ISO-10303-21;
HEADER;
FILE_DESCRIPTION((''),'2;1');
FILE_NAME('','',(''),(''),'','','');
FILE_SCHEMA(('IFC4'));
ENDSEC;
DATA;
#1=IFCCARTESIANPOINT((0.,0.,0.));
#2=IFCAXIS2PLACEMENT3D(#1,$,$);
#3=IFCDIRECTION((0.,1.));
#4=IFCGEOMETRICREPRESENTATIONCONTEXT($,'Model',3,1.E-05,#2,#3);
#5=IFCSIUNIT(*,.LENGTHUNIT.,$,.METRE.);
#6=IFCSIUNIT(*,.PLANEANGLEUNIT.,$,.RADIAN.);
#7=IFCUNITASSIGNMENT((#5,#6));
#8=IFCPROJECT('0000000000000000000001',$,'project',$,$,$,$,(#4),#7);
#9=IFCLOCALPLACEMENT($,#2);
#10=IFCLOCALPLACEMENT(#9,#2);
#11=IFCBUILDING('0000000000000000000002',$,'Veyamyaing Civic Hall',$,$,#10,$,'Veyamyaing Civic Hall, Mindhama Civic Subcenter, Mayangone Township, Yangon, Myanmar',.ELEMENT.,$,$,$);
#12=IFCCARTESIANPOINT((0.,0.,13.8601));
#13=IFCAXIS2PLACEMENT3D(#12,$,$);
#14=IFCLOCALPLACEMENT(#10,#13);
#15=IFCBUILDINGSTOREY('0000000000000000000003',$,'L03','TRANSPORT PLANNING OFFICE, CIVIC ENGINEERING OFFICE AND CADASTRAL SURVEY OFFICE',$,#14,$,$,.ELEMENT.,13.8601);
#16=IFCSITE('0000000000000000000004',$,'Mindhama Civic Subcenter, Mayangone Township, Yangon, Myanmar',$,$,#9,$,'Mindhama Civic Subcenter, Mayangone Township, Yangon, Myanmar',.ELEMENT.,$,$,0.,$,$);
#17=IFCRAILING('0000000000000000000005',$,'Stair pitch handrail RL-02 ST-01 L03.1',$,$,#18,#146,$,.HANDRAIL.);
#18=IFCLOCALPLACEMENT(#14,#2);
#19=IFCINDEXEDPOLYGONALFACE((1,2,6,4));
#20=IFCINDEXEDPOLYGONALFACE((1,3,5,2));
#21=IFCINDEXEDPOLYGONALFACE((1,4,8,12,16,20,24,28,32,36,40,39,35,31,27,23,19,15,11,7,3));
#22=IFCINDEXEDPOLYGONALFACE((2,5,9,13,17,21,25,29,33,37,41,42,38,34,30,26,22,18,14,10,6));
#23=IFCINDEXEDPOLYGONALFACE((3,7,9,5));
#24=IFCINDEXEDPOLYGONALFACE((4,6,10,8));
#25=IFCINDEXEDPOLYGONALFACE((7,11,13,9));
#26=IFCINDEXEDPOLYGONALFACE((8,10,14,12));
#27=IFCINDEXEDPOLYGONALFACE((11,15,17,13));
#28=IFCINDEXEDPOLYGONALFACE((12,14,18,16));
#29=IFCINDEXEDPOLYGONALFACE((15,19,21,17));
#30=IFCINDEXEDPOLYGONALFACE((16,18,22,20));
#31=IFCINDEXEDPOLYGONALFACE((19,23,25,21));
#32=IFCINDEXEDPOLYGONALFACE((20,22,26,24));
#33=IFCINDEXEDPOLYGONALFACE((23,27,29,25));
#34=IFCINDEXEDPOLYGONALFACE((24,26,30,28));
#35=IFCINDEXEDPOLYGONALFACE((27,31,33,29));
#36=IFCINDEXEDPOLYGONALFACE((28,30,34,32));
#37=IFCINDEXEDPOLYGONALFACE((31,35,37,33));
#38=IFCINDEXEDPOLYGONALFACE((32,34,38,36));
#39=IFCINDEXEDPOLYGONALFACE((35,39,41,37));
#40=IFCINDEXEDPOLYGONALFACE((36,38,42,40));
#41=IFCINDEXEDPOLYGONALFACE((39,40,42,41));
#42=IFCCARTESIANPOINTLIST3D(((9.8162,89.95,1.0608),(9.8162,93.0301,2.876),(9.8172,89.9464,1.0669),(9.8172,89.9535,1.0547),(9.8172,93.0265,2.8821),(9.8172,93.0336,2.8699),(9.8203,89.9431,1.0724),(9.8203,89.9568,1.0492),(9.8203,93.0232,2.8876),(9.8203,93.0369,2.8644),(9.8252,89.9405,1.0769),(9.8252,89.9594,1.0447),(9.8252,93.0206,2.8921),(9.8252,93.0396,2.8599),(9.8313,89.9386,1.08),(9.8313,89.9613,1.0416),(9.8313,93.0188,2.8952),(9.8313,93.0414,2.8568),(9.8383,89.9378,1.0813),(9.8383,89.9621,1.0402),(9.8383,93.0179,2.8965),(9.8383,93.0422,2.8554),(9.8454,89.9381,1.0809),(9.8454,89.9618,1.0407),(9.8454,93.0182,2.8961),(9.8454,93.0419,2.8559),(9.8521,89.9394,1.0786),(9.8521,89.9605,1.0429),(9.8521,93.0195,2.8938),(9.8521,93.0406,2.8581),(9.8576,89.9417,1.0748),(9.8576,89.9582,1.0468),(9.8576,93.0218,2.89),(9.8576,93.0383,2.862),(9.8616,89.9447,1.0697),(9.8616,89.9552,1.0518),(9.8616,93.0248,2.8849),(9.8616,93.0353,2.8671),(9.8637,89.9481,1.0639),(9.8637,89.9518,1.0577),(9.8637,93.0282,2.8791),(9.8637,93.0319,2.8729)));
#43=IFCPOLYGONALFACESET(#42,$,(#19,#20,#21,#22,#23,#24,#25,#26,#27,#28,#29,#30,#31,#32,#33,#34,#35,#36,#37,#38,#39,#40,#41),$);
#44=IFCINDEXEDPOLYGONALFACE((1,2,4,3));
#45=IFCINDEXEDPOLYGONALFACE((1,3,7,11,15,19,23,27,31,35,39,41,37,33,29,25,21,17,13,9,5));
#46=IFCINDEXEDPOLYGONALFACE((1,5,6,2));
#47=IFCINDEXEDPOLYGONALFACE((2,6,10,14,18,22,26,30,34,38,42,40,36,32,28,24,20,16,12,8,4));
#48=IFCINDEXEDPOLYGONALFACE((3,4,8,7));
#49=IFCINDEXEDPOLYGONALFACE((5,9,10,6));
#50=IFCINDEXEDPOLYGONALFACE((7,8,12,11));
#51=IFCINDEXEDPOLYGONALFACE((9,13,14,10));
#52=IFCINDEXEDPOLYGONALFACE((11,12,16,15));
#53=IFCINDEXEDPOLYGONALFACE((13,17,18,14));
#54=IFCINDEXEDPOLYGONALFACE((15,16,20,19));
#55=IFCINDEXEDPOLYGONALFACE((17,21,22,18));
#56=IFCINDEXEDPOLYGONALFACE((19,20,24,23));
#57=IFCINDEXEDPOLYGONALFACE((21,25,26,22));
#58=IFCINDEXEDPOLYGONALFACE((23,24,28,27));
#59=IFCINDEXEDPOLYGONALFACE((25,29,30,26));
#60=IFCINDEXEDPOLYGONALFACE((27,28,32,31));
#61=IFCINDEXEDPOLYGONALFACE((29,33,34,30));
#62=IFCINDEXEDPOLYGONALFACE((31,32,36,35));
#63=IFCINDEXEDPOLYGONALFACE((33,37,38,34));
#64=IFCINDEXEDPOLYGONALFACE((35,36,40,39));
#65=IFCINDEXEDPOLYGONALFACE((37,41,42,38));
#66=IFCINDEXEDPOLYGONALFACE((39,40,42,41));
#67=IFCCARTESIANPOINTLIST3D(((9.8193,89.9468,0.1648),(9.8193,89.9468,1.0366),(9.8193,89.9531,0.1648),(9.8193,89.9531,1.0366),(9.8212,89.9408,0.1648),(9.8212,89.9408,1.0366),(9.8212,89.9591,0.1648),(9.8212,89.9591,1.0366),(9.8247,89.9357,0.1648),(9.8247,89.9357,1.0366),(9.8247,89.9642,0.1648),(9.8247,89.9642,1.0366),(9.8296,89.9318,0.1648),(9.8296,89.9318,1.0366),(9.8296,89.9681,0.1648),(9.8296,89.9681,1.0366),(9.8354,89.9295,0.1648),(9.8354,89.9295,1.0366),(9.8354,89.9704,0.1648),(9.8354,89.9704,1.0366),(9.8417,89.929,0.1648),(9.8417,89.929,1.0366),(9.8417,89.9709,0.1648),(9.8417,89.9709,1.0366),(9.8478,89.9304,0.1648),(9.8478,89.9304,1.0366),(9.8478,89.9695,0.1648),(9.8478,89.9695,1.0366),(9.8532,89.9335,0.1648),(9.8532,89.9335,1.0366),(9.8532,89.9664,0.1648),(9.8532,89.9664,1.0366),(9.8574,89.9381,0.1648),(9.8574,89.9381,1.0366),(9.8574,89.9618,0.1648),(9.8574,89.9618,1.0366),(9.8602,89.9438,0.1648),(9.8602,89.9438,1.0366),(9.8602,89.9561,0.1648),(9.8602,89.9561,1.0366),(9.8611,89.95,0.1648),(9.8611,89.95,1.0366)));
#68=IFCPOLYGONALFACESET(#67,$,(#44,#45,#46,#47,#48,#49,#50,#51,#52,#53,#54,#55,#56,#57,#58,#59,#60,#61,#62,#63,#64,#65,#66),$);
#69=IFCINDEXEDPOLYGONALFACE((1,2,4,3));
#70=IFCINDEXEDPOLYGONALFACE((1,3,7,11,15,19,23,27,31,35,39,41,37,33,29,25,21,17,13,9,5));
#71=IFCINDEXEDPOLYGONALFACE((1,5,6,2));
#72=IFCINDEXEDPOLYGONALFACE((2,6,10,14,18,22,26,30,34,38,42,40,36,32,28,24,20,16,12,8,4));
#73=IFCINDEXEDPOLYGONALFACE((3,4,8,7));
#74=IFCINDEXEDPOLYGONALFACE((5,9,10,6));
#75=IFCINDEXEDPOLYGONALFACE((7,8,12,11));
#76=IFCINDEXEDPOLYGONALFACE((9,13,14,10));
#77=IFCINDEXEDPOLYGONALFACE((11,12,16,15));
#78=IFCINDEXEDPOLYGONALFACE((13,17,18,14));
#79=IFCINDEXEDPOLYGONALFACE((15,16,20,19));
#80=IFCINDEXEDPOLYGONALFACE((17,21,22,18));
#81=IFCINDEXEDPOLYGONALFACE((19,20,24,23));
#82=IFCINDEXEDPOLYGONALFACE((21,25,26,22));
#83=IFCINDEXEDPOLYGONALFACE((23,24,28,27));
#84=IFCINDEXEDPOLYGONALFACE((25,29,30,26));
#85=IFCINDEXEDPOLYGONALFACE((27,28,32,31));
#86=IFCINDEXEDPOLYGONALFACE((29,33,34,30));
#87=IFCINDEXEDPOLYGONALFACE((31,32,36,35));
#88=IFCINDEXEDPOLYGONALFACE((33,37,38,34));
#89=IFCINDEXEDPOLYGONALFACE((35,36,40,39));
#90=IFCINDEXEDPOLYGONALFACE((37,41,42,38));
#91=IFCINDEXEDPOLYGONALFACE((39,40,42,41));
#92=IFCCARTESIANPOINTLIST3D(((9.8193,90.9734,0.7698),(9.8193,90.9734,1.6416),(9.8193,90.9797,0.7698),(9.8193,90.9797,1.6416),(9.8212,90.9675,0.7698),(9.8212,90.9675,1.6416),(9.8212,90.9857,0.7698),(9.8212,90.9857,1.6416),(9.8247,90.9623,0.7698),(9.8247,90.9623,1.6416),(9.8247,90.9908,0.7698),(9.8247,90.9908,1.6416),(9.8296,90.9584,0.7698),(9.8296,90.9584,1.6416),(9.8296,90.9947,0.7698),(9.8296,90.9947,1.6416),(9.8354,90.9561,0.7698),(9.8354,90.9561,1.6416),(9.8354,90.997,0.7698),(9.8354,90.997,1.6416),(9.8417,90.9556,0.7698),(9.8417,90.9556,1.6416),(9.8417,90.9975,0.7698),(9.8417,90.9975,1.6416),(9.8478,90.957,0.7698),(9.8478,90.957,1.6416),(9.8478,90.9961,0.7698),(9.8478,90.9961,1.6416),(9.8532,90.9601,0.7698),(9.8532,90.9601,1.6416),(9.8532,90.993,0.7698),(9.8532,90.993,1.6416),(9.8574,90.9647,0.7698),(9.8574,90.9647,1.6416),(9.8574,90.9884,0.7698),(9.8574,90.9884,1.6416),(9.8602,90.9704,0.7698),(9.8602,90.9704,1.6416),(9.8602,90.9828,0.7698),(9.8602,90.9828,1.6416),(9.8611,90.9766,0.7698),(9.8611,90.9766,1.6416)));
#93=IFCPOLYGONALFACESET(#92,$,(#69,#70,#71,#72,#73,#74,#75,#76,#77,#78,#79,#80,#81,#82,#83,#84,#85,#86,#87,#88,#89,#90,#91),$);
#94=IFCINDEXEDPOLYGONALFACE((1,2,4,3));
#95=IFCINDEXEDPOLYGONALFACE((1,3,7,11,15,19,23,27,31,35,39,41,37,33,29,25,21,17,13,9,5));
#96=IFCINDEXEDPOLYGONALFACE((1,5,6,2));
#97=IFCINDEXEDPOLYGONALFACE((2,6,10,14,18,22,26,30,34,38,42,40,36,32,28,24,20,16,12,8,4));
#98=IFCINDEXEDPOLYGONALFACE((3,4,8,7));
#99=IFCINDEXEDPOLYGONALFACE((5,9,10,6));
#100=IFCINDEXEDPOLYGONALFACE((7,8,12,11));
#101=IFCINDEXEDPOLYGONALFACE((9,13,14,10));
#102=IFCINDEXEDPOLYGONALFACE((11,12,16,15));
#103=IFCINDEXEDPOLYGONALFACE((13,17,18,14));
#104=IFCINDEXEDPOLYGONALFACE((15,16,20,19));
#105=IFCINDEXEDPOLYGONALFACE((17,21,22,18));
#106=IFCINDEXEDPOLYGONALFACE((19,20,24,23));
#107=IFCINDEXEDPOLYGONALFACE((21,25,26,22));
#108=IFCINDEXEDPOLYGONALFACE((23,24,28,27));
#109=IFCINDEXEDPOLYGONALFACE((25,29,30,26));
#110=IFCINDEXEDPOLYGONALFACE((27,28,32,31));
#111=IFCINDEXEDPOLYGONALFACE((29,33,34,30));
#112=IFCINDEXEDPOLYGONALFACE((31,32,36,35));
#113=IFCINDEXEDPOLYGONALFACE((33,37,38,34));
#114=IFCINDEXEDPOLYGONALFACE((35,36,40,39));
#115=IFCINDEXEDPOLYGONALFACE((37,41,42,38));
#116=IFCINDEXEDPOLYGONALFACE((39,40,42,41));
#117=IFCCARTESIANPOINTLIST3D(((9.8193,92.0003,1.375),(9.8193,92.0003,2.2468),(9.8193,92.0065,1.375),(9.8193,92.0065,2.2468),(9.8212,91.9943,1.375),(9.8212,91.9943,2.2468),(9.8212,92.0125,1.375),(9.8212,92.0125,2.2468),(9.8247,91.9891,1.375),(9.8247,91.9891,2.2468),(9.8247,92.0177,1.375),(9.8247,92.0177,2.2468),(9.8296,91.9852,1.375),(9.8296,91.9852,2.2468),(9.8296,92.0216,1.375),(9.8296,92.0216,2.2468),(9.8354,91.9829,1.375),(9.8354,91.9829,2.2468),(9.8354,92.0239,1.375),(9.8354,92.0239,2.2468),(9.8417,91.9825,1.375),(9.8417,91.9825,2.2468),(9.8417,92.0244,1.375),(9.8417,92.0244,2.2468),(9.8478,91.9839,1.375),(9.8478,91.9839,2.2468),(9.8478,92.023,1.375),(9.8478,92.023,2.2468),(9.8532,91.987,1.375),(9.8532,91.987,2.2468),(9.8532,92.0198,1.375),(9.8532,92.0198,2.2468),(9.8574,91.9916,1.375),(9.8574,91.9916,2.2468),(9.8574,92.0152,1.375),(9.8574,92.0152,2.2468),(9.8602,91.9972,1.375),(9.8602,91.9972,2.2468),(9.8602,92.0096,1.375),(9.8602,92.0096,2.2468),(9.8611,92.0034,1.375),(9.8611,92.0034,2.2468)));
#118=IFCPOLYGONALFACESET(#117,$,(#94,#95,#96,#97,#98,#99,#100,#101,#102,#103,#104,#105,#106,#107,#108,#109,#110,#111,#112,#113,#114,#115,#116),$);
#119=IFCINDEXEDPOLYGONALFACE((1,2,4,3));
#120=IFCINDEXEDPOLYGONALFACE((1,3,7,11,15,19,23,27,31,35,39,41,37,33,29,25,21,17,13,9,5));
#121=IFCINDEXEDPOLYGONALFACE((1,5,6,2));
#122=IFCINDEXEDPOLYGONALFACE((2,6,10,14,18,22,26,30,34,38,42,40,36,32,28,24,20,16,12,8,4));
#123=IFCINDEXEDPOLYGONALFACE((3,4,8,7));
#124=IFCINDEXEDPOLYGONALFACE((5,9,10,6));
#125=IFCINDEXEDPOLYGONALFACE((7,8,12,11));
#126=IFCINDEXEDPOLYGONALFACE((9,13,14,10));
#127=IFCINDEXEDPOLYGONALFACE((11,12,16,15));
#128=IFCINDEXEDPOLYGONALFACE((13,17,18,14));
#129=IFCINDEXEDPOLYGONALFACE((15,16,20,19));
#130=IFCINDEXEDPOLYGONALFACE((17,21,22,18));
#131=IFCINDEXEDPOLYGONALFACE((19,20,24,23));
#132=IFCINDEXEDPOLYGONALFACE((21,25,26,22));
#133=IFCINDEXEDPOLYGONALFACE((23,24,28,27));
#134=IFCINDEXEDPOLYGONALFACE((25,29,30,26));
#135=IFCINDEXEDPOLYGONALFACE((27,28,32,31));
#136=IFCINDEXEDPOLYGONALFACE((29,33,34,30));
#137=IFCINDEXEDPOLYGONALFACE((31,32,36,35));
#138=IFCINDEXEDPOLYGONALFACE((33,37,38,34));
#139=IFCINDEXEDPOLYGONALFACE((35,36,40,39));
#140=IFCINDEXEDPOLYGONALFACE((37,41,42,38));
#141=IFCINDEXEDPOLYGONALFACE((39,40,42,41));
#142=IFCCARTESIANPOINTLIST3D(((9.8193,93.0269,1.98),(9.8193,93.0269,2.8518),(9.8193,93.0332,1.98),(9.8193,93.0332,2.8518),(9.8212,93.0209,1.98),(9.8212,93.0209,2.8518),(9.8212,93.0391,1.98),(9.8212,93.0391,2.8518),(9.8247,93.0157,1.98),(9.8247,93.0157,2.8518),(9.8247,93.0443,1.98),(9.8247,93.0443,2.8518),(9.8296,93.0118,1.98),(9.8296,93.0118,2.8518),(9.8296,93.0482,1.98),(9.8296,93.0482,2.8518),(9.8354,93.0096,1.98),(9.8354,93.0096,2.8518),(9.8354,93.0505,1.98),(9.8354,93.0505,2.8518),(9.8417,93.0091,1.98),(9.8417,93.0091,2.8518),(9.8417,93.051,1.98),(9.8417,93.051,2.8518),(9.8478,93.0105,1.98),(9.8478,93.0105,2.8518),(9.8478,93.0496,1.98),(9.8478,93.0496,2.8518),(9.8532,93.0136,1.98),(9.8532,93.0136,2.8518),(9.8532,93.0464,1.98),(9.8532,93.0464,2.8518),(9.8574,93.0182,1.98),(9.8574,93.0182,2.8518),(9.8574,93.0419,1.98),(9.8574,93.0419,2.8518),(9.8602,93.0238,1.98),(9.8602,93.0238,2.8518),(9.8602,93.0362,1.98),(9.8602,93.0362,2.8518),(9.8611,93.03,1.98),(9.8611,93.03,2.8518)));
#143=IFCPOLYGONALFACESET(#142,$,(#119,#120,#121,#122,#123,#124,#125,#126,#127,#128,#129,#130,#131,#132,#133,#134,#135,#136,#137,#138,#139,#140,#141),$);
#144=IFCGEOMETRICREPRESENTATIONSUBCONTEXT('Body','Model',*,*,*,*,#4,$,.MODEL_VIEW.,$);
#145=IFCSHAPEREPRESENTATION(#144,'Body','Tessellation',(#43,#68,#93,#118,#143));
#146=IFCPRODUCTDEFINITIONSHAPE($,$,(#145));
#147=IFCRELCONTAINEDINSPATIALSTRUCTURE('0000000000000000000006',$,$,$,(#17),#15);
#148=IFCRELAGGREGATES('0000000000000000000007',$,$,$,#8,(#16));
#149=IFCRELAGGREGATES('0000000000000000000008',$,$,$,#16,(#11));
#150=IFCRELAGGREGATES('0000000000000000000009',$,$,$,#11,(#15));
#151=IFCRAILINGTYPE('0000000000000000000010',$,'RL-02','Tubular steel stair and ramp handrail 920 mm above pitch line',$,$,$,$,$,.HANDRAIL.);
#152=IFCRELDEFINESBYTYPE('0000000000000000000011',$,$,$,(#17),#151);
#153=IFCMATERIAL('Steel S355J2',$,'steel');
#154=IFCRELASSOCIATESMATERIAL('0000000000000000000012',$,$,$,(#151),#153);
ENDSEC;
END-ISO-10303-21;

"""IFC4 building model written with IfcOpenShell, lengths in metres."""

from ifc_helpers import new_model, si_unit, direction, frame, origin, origin_2d, place, context, subcontext, project, spatial, circle, extrude, material, type_object, element, save


model = new_model("IFC4")

# Units and contexts
model_context = context("Model", 3, precision=1e-05, world=origin(), true_north=direction((0.0, 1.0)))
body_context = subcontext(model_context, "Body", "Model", "MODEL_VIEW")
ifc_project = project(units=[si_unit("LENGTHUNIT", "METRE"), si_unit("PLANEANGLEUNIT", "RADIAN")], contexts=[model_context])

# Site, building, storey
site_placement = place(None, origin())
site = spatial("IfcSite", under=ifc_project, at=site_placement, Name="Mindhama Civic Subcenter, Mayangone Township, Yangon, Myanmar", LongName="Mindhama Civic Subcenter, Mayangone Township, Yangon, Myanmar", CompositionType="ELEMENT", RefElevation=0.0)
building_placement = place(site_placement, origin())
building = spatial("IfcBuilding", under=site, at=building_placement, Name="Veyamyaing Civic Hall", LongName="Veyamyaing Civic Hall, Mindhama Civic Subcenter, Mayangone Township, Yangon, Myanmar", CompositionType="ELEMENT")
storey_placement = place(building_placement, frame((0.0, 0.0, 13.8601)))
storey = spatial("IfcBuildingStorey", under=building, at=storey_placement, Name="L03", Description="TRANSPORT PLANNING OFFICE, CIVIC ENGINEERING OFFICE AND CADASTRAL SURVEY OFFICE", CompositionType="ELEMENT", Elevation=13.8601)

# Railing
ifc_material_1 = material(Name="Steel S355J2", Category="steel")
railing_type_1 = type_object("IfcRailingType", Name="RL-02", Description="Tubular steel stair and ramp handrail 920 mm above pitch line", PredefinedType="HANDRAIL", material=ifc_material_1)
railing_1_placement = place(storey_placement, frame((9.8401, 89.95, 0.1648)))
element("IfcRailing", 1, at=railing_1_placement, inside=storey, type_object=railing_type_1, Name="Stair pitch handrail RL-02 ST-01 L03.1", PredefinedType="HANDRAIL", context=body_context, shape_type="SweptSolid", body=[
    extrude(circle(Radius=0.0239, at=origin_2d()), frame((0.0, 0.0, 0.896), z_axis=(0.0, 0.861521, 0.507721), x_axis=(-1.0, 0.0, 0.0)), (0.0, 0.0, 1.0), 3.5752),
    extrude(circle(Radius=0.021, at=origin_2d()), origin(), (0.0, 0.0, 1.0), 0.8718),
    extrude(circle(Radius=0.021, at=origin_2d()), frame((0.0, 1.0266, 0.605)), (0.0, 0.0, 1.0), 0.8718),
    extrude(circle(Radius=0.021, at=origin_2d()), frame((0.0, 2.0535, 1.2102)), (0.0, 0.0, 1.0), 0.8718),
    extrude(circle(Radius=0.021, at=origin_2d()), frame((0.0, 3.0801, 1.8152)), (0.0, 0.0, 1.0), 0.8718),
])

save(model, "model.ifc")
